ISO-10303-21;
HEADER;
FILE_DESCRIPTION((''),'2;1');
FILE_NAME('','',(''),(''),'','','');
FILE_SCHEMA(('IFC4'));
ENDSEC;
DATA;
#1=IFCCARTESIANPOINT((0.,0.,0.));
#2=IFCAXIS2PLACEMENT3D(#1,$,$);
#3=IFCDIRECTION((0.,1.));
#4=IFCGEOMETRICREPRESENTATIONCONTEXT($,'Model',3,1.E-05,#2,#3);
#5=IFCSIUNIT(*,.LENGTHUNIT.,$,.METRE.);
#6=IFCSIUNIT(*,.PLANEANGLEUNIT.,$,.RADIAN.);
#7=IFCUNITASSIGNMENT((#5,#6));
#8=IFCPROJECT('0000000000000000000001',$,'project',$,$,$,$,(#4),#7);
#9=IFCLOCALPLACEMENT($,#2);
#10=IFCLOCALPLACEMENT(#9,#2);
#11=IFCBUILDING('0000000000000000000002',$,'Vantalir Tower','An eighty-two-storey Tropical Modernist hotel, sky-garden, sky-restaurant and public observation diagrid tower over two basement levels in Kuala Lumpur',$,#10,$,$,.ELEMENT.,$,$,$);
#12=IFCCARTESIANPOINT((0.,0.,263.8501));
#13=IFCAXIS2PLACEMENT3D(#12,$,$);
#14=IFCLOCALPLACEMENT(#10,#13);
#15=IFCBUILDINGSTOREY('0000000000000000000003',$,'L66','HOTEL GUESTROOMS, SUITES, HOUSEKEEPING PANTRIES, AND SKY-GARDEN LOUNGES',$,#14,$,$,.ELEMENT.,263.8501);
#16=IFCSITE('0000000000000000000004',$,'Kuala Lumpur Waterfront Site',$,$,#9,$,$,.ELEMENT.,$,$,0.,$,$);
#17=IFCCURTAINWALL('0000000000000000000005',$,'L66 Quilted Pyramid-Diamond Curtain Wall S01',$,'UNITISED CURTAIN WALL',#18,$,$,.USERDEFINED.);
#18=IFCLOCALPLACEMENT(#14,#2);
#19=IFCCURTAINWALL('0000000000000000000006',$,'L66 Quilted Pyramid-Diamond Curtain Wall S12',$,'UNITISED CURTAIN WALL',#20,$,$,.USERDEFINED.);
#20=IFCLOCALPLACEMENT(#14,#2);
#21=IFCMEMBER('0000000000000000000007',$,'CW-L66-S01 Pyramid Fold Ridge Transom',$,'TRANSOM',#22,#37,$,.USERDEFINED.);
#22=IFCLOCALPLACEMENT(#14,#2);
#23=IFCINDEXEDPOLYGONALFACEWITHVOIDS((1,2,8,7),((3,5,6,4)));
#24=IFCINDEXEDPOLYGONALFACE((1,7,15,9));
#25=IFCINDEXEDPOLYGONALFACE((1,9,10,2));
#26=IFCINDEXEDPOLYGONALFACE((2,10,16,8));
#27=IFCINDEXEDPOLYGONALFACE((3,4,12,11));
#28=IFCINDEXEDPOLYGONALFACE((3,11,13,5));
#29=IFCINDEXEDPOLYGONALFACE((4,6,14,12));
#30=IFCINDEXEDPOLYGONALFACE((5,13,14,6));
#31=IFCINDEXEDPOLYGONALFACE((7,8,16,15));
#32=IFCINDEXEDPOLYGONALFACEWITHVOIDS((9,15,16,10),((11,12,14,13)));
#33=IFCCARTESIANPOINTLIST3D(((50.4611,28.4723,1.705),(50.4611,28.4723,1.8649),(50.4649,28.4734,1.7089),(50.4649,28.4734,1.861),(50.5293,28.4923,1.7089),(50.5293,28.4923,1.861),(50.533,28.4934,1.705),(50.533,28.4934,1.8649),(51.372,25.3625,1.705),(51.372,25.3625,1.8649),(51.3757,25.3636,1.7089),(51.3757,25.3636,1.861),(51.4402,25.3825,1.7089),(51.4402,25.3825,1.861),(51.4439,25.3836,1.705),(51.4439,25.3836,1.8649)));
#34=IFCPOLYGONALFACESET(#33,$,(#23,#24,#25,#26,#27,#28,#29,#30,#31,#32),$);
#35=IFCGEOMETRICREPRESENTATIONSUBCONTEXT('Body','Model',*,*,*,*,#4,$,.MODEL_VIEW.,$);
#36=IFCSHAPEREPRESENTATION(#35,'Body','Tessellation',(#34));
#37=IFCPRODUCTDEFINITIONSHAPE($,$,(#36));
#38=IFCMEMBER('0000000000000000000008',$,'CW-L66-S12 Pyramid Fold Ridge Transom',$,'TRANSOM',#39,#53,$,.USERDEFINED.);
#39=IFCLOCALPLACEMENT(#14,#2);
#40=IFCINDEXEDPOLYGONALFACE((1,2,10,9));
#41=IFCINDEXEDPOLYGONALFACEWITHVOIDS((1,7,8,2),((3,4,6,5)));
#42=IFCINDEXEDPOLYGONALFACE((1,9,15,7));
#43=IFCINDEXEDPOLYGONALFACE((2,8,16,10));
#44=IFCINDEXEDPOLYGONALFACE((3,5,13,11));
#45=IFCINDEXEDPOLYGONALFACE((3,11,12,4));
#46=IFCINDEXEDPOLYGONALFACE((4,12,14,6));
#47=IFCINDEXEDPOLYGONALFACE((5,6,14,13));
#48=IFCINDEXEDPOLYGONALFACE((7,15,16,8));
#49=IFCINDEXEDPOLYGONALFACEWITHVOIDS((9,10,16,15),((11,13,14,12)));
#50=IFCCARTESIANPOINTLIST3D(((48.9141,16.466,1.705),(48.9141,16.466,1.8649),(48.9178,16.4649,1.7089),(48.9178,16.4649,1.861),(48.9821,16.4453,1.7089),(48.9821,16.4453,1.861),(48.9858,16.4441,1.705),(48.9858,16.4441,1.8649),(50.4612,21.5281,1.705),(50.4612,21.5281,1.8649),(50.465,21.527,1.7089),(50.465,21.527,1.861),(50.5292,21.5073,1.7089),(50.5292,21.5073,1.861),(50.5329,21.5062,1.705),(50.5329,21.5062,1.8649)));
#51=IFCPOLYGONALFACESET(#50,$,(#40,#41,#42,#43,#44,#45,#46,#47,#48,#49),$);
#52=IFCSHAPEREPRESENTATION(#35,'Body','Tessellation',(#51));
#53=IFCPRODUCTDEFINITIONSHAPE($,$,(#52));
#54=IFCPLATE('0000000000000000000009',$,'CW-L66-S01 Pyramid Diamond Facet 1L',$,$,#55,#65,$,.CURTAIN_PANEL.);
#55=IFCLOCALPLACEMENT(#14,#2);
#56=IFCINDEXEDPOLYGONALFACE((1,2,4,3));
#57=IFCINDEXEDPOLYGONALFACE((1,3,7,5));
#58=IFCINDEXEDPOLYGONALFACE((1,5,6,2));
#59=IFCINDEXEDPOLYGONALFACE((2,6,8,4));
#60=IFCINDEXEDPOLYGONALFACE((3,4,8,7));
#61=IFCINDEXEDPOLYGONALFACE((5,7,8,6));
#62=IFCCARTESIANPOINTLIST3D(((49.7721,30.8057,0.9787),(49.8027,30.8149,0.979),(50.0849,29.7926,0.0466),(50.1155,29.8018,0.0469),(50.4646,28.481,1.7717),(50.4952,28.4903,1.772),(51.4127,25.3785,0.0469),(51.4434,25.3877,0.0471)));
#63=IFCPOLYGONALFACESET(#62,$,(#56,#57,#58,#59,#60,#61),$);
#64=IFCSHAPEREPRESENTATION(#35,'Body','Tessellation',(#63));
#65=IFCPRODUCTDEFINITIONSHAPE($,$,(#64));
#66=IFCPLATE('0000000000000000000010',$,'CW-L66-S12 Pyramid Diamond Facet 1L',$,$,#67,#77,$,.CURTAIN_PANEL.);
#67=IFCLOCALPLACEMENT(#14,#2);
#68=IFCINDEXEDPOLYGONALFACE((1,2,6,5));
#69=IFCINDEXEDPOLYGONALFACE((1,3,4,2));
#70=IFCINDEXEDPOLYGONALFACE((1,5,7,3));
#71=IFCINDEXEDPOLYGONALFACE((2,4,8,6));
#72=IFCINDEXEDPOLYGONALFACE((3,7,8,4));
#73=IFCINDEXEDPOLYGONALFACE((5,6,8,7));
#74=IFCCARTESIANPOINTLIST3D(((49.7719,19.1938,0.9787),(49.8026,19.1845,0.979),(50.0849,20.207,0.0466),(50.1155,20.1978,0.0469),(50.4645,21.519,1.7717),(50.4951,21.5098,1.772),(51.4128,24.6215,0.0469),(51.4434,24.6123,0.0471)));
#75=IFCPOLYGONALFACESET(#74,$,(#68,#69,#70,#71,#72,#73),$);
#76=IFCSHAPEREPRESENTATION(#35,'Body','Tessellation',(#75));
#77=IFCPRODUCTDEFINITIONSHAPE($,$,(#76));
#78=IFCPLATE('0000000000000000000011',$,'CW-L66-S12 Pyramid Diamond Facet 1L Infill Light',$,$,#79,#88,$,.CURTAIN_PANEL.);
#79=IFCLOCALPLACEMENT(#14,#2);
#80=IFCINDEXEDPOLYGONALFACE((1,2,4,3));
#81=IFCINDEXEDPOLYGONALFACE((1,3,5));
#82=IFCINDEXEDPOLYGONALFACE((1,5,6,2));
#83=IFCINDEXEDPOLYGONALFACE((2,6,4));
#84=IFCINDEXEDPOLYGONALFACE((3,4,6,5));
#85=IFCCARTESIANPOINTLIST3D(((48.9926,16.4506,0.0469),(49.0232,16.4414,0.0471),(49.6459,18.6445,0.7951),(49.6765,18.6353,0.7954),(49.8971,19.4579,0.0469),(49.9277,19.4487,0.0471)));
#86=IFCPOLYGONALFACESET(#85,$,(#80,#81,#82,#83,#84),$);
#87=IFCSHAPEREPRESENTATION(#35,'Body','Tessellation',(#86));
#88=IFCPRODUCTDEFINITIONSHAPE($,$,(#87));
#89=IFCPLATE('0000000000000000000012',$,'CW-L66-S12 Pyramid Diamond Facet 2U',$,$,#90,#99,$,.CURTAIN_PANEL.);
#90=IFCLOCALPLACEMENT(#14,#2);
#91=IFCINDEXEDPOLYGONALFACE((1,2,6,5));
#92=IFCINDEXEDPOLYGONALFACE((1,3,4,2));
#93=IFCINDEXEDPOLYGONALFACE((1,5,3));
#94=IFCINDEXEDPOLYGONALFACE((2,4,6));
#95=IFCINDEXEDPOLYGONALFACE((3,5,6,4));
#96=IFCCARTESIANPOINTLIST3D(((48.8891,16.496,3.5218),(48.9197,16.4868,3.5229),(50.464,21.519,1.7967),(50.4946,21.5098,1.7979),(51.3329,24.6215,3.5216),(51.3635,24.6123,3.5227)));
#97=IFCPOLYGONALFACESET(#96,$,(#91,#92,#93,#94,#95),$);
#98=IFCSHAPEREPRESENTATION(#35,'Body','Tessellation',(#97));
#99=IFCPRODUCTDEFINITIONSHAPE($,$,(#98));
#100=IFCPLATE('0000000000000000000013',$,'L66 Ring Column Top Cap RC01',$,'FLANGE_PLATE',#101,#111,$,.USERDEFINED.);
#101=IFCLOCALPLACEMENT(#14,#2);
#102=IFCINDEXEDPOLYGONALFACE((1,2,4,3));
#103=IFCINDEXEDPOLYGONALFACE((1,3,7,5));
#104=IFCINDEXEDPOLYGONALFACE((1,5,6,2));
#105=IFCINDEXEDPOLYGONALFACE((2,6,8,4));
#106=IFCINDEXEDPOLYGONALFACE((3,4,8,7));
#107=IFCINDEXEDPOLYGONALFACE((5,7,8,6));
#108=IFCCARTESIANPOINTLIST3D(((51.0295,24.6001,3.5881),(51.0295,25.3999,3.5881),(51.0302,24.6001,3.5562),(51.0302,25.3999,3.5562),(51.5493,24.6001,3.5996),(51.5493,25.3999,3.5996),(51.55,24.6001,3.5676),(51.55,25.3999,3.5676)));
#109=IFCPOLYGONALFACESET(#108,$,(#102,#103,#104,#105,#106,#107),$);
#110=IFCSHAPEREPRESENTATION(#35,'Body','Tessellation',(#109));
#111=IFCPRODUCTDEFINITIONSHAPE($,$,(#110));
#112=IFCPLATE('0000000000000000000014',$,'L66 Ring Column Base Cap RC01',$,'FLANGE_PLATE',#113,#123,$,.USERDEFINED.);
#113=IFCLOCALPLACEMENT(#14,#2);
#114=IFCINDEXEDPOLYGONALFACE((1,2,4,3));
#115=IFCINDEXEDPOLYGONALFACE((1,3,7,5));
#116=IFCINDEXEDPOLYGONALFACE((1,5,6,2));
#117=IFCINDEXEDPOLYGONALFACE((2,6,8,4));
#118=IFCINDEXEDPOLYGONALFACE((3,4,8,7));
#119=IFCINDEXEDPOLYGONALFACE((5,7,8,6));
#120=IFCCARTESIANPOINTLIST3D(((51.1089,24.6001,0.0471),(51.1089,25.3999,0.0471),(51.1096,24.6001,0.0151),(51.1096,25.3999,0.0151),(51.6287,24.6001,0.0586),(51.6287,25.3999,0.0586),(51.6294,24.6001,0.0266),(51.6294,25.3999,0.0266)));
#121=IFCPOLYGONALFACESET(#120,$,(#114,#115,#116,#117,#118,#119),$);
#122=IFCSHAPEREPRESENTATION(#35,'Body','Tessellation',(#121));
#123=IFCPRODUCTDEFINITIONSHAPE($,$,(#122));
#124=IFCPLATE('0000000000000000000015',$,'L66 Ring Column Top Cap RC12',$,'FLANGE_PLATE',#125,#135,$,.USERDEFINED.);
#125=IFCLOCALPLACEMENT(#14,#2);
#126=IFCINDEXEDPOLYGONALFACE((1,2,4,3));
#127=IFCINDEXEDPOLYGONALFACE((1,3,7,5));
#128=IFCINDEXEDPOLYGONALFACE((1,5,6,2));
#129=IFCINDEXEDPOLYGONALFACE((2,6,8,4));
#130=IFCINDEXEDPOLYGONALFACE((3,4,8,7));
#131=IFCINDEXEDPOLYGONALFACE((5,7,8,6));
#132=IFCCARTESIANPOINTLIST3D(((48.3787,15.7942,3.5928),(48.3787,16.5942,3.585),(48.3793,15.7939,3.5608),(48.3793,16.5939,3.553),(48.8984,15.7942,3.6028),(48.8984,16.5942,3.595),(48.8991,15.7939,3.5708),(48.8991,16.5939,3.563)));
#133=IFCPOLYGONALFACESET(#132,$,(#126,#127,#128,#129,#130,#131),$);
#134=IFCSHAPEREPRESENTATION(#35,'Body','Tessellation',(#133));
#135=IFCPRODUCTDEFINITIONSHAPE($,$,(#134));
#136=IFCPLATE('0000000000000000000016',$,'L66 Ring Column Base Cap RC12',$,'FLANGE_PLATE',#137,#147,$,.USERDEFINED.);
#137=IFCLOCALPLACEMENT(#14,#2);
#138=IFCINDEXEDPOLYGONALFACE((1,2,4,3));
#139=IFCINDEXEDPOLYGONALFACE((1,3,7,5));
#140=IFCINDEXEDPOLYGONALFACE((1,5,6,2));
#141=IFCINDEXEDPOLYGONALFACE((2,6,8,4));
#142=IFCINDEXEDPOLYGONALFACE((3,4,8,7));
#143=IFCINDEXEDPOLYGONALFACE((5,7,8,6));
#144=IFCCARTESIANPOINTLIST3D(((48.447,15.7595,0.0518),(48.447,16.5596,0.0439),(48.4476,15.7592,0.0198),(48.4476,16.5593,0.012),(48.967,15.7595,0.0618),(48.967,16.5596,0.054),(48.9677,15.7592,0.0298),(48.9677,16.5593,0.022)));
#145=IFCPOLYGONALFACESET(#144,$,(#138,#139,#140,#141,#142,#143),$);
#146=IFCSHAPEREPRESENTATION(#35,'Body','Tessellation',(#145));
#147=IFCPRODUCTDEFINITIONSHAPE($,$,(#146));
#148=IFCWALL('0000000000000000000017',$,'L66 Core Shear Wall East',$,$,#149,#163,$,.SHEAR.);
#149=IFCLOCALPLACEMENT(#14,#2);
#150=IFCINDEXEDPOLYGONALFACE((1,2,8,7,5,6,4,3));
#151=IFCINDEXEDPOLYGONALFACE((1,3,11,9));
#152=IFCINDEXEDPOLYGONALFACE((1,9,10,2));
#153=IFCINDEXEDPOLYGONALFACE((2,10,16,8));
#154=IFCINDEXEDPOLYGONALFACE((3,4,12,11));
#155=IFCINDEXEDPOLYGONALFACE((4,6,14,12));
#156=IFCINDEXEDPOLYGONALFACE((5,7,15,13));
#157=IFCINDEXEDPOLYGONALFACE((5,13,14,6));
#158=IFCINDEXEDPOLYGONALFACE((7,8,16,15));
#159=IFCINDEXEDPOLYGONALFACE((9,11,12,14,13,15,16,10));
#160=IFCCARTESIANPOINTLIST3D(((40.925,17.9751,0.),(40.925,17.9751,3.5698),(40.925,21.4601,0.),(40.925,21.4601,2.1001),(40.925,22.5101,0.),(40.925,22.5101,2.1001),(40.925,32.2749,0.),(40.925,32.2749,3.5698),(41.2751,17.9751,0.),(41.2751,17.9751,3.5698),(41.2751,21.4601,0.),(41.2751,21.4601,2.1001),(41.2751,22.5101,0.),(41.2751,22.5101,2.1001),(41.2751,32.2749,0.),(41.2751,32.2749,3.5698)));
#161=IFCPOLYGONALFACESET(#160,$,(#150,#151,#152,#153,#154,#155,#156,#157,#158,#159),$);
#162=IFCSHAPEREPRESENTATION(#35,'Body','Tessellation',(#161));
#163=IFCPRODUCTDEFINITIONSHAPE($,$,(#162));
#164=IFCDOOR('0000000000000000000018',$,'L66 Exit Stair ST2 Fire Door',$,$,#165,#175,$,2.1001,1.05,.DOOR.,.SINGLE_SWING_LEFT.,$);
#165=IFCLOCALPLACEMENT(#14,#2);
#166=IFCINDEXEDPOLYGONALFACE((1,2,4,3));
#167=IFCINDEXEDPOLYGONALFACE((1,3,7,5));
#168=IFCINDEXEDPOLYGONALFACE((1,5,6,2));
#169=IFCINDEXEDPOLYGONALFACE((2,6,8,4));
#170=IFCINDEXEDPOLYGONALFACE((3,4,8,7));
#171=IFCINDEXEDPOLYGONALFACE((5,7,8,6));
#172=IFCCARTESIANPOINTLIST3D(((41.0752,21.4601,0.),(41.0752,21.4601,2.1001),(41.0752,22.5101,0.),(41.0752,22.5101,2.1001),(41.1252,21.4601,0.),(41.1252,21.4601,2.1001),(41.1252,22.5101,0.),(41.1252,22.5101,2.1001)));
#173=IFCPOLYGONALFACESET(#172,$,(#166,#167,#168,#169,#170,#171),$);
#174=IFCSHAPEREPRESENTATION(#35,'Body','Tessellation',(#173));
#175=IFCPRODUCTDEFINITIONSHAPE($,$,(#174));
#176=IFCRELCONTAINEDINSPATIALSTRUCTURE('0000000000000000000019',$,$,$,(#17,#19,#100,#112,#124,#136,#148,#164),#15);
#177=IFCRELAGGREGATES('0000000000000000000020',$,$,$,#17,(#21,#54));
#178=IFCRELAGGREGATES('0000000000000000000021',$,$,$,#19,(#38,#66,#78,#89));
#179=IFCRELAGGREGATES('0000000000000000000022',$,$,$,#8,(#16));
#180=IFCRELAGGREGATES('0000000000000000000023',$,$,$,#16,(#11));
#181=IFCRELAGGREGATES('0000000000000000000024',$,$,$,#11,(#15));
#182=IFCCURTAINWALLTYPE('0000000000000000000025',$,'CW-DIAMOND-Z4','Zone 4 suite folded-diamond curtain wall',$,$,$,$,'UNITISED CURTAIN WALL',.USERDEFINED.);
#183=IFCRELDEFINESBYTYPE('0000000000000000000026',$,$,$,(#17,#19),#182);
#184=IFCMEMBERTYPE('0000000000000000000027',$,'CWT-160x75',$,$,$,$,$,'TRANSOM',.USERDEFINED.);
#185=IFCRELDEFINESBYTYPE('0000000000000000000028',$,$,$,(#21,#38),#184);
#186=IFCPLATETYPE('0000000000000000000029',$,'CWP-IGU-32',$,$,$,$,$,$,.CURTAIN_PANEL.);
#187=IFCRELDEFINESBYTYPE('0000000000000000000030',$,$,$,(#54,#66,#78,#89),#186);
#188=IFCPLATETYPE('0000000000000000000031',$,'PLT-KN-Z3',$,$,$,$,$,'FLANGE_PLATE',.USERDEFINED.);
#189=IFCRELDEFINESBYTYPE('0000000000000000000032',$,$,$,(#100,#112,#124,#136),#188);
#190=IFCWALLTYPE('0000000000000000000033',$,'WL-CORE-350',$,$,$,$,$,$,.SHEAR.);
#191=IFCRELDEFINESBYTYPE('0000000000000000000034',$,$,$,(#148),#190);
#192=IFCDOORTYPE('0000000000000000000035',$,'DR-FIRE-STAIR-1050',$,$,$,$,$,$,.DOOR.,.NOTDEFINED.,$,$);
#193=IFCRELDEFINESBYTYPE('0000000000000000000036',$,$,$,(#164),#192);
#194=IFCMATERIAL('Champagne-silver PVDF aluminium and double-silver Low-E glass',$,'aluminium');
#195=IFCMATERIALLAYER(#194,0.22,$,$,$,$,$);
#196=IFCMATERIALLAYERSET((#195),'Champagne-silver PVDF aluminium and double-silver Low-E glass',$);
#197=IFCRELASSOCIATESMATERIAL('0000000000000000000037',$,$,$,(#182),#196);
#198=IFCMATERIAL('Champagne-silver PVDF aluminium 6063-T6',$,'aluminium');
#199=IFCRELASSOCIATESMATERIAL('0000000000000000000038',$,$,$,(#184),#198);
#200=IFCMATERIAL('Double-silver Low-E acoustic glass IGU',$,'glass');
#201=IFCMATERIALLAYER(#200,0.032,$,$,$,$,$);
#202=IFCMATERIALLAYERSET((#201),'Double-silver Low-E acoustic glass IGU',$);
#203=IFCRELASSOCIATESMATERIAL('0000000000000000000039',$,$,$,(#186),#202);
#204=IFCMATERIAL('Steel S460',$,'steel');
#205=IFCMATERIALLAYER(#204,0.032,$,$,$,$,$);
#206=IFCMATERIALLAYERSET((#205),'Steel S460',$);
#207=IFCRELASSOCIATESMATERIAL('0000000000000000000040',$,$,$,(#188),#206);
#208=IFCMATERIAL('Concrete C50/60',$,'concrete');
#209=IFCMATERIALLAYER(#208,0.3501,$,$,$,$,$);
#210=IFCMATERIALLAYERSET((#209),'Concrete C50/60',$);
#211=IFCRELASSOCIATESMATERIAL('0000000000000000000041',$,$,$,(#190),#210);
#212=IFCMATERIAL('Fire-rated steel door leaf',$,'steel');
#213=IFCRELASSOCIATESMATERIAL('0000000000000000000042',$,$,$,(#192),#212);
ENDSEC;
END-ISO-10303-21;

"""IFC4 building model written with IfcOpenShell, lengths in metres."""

from ifc_helpers import new_model, si_unit, direction, frame, frame_2d, origin, origin_2d, place, context, subcontext, project, spatial, polyline, rectangle, hollow_rectangle, outline, extrude, material, layer, layer_set, material_profile, profile_set, type_object, element, fill, aggregate, save


model = new_model("IFC4")

# Units and contexts
model_context = context("Model", 3, precision=1e-05, world=origin(), true_north=direction((0.0, 1.0)))
body_context = subcontext(model_context, "Body", "Model", "MODEL_VIEW")
ifc_project = project(units=[si_unit("LENGTHUNIT", "METRE"), si_unit("PLANEANGLEUNIT", "RADIAN")], contexts=[model_context])

# Site, building, storey
site_placement = place(None, origin())
site = spatial("IfcSite", under=ifc_project, at=site_placement, Name="Kuala Lumpur Waterfront Site", CompositionType="ELEMENT", RefElevation=0.0)
building_placement = place(site_placement, origin())
building = spatial("IfcBuilding", under=site, at=building_placement, Name="Vantalir Tower", Description="An eighty-two-storey Tropical Modernist hotel, sky-garden, sky-restaurant and public observation diagrid tower over two basement levels in Kuala Lumpur", CompositionType="ELEMENT")
storey_placement = place(building_placement, frame((0.0, 0.0, 263.8501)))
storey = spatial("IfcBuildingStorey", under=building, at=storey_placement, Name="L66", Description="HOTEL GUESTROOMS, SUITES, HOUSEKEEPING PANTRIES, AND SKY-GARDEN LOUNGES", CompositionType="ELEMENT", Elevation=263.8501)

# Shared definitions
ifc_material_1 = material(Name="Concrete C50/60", Category="concrete")
ifc_material_2 = material(Name="Steel S460", Category="steel")

# Curtain walls
ifc_material_3 = material(Name="Champagne-silver PVDF aluminium and double-silver Low-E glass", Category="aluminium")
ifc_layer_1 = layer(ifc_material_3, 0.22)
ifc_layer_set_1 = layer_set([ifc_layer_1], Name="Champagne-silver PVDF aluminium and double-silver Low-E glass")
curtain_wall_type = type_object("IfcCurtainWallType", Name="CW-DIAMOND-Z4", Description="Zone 4 suite folded-diamond curtain wall", ElementType="UNITISED CURTAIN WALL", PredefinedType="USERDEFINED", material=ifc_layer_set_1)
curtain_wall_1_placement = place(storey_placement, origin())
curtain_wall_1 = element("IfcCurtainWall", 1, at=curtain_wall_1_placement, inside=storey, type_object=curtain_wall_type, Name="L66 Quilted Pyramid-Diamond Curtain Wall S01", ObjectType="UNITISED CURTAIN WALL", PredefinedType="USERDEFINED")
ifc_material_4 = material(Name="Champagne-silver PVDF aluminium 6063-T6", Category="aluminium")
curtain_wall_2_placement = place(storey_placement, origin())
curtain_wall_2 = element("IfcCurtainWall", 2, at=curtain_wall_2_placement, inside=storey, type_object=curtain_wall_type, Name="L66 Quilted Pyramid-Diamond Curtain Wall S12", ObjectType="UNITISED CURTAIN WALL", PredefinedType="USERDEFINED")

# Members
ifc_material_profile_1 = material_profile(ifc_material_4, hollow_rectangle(XDim=0.075, YDim=0.1599, WallThickness=0.0039, at=origin_2d()), Name="Champagne-silver PVDF aluminium 6063-T6")
ifc_profile_set_1 = profile_set([ifc_material_profile_1], Name="Champagne-silver PVDF aluminium 6063-T6")
member_type_1 = type_object("IfcMemberType", Name="CWT-160x75", ElementType="TRANSOM", PredefinedType="USERDEFINED", material=ifc_profile_set_1)
member_1_placement = place(storey_placement, frame((51.408, 25.373, 1.7849), z_axis=(-0.281093, 0.95968, 0.0), x_axis=(-0.95968, -0.281093, 0.0)))
member_1 = element("IfcMember", 3, at=member_1_placement, type_object=member_type_1, Name="CW-L66-S01 Pyramid Fold Ridge Transom", ObjectType="TRANSOM", PredefinedType="USERDEFINED", context=body_context, shape_type="SweptSolid", body=[
    extrude(hollow_rectangle(XDim=0.075, YDim=0.1599, WallThickness=0.0039, at=origin_2d()), origin(), (0.0, 0.0, 1.0), 3.2405),
])
member_2_placement = place(storey_placement, frame((48.95, 16.4551, 1.7849), z_axis=(0.292286, 0.956331, 0.0), x_axis=(-0.956331, 0.292286, 0.0)))
member_2 = element("IfcMember", 4, at=member_2_placement, type_object=member_type_1, Name="CW-L66-S12 Pyramid Fold Ridge Transom", ObjectType="TRANSOM", PredefinedType="USERDEFINED", context=body_context, shape_type="SweptSolid", body=[
    extrude(hollow_rectangle(XDim=0.075, YDim=0.1599, WallThickness=0.0039, at=origin_2d()), origin(), (0.0, 0.0, 1.0), 5.2932),
])

# Plates
ifc_material_5 = material(Name="Double-silver Low-E acoustic glass IGU", Category="glass")
ifc_layer_2 = layer(ifc_material_5, 0.032)
ifc_layer_set_2 = layer_set([ifc_layer_2], Name="Double-silver Low-E acoustic glass IGU")
plate_type_1 = type_object("IfcPlateType", Name="CWP-IGU-32", PredefinedType="CURTAIN_PANEL", material=ifc_layer_set_2)
plate_1_placement = place(storey_placement, frame((51.4434, 25.3877, 0.0471), z_axis=(0.957579, 0.288052, 0.008262), x_axis=(-0.288061, 0.957612, -0.000053)))
plate_1 = element("IfcPlate", 5, at=plate_1_placement, type_object=plate_type_1, Name="CW-L66-S01 Pyramid Diamond Facet 1L", PredefinedType="CURTAIN_PANEL", context=body_context, shape_type="SweptSolid", body=[
    extrude(outline(polyline([(0.0, 0.0), (4.6095, 0.0), (5.6697, 0.9322), (3.2441, 1.7251), (0.0, 0.0)])), origin(), (0.0, 0.0, -1.0), 0.032),
])
aggregate(curtain_wall_1, [member_1, plate_1])
plate_2_placement = place(storey_placement, frame((50.1155, 20.1978, 0.0469), z_axis=(0.957578, -0.288054, 0.008346), x_axis=(0.288064, 0.957611, 0.000053)))
plate_2 = element("IfcPlate", 6, at=plate_2_placement, type_object=plate_type_1, Name="CW-L66-S12 Pyramid Diamond Facet 1L", PredefinedType="CURTAIN_PANEL", context=body_context, shape_type="SweptSolid", body=[
    extrude(outline(polyline([(0.0, 0.0), (4.6099, 0.0), (1.3658, 1.7251), (-1.0603, 0.9322), (0.0, 0.0)])), origin(), (0.0, 0.0, -1.0), 0.032),
])
plate_3_placement = place(storey_placement, frame((49.0232, 16.4414, 0.0471), z_axis=(0.957587, -0.288022, 0.008374), x_axis=(0.288033, 0.957621, 0.0)))
plate_3 = element("IfcPlate", 7, at=plate_3_placement, type_object=plate_type_1, Name="CW-L66-S12 Pyramid Diamond Facet 1L Infill Light", PredefinedType="CURTAIN_PANEL", context=body_context, shape_type="SweptSolid", body=[
    extrude(outline(polyline([(0.0, 0.0), (3.1404, 0.0), (2.2891, 0.7483), (0.0, 0.0)])), origin(), (0.0, 0.0, -1.0), 0.032),
])
plate_4_placement = place(storey_placement, frame((51.3635, 24.6123, 3.5227), z_axis=(0.957017, -0.287834, 0.035637), x_axis=(-0.288018, -0.957625, 0.000029)))
plate_4 = element("IfcPlate", 8, at=plate_4_placement, type_object=plate_type_1, Name="CW-L66-S12 Pyramid Diamond Facet 2U", PredefinedType="CURTAIN_PANEL", context=body_context, shape_type="SweptSolid", body=[
    extrude(outline(polyline([(0.0, 0.0), (8.485, 0.0), (3.2213, 1.726), (0.0, 0.0)])), origin(), (0.0, 0.0, -1.0), 0.032),
])
aggregate(curtain_wall_2, [member_2, plate_2, plate_3, plate_4])

# Plates
ifc_layer_3 = layer(ifc_material_2, 0.032)
ifc_layer_set_3 = layer_set([ifc_layer_3], Name="Steel S460")
plate_type_2 = type_object("IfcPlateType", Name="PLT-KN-Z3", ElementType="FLANGE_PLATE", PredefinedType="USERDEFINED", material=ifc_layer_set_3)
for number, where, z_axis, x_axis, name in (
    (9, (51.0295, 25.3999, 3.5881), (-0.022071, 0.0, 0.999756), (0.0, -1.0, 0.0), "L66 Ring Column Top Cap RC01"),
    (10, (51.1089, 25.3999, 0.0471), (-0.022071, 0.0, 0.999756), (0.0, -1.0, 0.0), "L66 Ring Column Base Cap RC01"),
):
    element("IfcPlate", number, at=place(storey_placement, frame(where, z_axis=z_axis, x_axis=x_axis)), inside=storey, type_object=plate_type_2, Name=name, ObjectType="FLANGE_PLATE", PredefinedType="USERDEFINED", context=body_context, shape_type="SweptSolid", body=[
        extrude(outline(polyline([(0.0, 0.0), (0.7998, 0.0), (0.7998, 0.5199), (0.0, 0.5199), (0.0, 0.0)])), origin(), (0.0, 0.0, -1.0), 0.032),
    ])
plate_5_placement = place(storey_placement, frame((48.3787, 16.5942, 3.585), z_axis=(-0.019253, 0.009763, 0.999767), x_axis=(0.0, -0.999952, 0.009765)))
element("IfcPlate", 11, at=plate_5_placement, inside=storey, type_object=plate_type_2, Name="L66 Ring Column Top Cap RC12", ObjectType="FLANGE_PLATE", PredefinedType="USERDEFINED", context=body_context, shape_type="SweptSolid", body=[
    extrude(outline(polyline([(0.0, 0.0), (0.8001, 0.0), (0.8002, 0.5199), (0.0001, 0.5199), (0.0, 0.0)])), origin(), (0.0, 0.0, -1.0), 0.032),
])
plate_6_placement = place(storey_placement, frame((48.447, 16.5596, 0.0439), z_axis=(-0.019244, 0.009763, 0.999767), x_axis=(0.0, -0.999952, 0.009765)))
element("IfcPlate", 12, at=plate_6_placement, inside=storey, type_object=plate_type_2, Name="L66 Ring Column Base Cap RC12", ObjectType="FLANGE_PLATE", PredefinedType="USERDEFINED", context=body_context, shape_type="SweptSolid", body=[
    extrude(outline(polyline([(0.0, 0.0), (0.8001, 0.0), (0.8002, 0.5201), (0.0001, 0.5201), (0.0, 0.0)])), origin(), (0.0, 0.0, -1.0), 0.032),
])

# Wall, opening, door
ifc_layer_4 = layer(ifc_material_1, 0.3501)
ifc_layer_set_4 = layer_set([ifc_layer_4], Name="Concrete C50/60")
wall_type_1 = type_object("IfcWallType", Name="WL-CORE-350", PredefinedType="SHEAR", material=ifc_layer_set_4)
wall_1_placement = place(storey_placement, frame((41.1001, 17.9751, 0.0), z_axis=(0.0, 0.0, 1.0), x_axis=(0.0, 1.0, 0.0)))
wall_1 = element("IfcWall", 13, at=wall_1_placement, inside=storey, type_object=wall_type_1, Name="L66 Core Shear Wall East", PredefinedType="SHEAR", context=body_context, shape_type="SweptSolid", body=[
    extrude(rectangle(XDim=14.2998, YDim=0.3501, at=frame_2d((7.1499, 0.0))), origin(), (0.0, 0.0, 1.0), 3.5698),
])
opening_1_placement = place(wall_1_placement, frame((3.4851, 0.0, 0.0)))
opening_1 = element("IfcOpeningElement", 14, at=opening_1_placement, cuts=wall_1, PredefinedType="OPENING", context=body_context, shape_type="SweptSolid", body=[
    extrude(rectangle(XDim=1.05, YDim=2.1001, at=frame_2d((0.5249, 1.05))), frame((0.0, 0.1851, 0.0), z_axis=(0.0, -1.0, 0.0), x_axis=(1.0, 0.0, 0.0)), (0.0, 0.0, 1.0), 0.3701),
])
ifc_material_6 = material(Name="Fire-rated steel door leaf", Category="steel")
door_type_1 = type_object("IfcDoorType", Name="DR-FIRE-STAIR-1050", OperationType="NOTDEFINED", PredefinedType="DOOR", material=ifc_material_6)
door_1_placement = place(opening_1_placement, origin())
door_1 = element("IfcDoor", 15, at=door_1_placement, inside=storey, type_object=door_type_1, Name="L66 Exit Stair ST2 Fire Door", OperationType="SINGLE_SWING_LEFT", OverallHeight=2.1001, OverallWidth=1.05, PredefinedType="DOOR", context=body_context, shape_type="SweptSolid", body=[
    extrude(rectangle(XDim=1.05, YDim=2.1001, at=frame_2d((0.5249, 1.05))), frame((0.0, 0.0249, 0.0), z_axis=(0.0, -1.0, 0.0), x_axis=(1.0, 0.0, 0.0)), (0.0, 0.0, 1.0), 0.05),
])
fill(opening_1, door_1)

save(model, "model.ifc")
